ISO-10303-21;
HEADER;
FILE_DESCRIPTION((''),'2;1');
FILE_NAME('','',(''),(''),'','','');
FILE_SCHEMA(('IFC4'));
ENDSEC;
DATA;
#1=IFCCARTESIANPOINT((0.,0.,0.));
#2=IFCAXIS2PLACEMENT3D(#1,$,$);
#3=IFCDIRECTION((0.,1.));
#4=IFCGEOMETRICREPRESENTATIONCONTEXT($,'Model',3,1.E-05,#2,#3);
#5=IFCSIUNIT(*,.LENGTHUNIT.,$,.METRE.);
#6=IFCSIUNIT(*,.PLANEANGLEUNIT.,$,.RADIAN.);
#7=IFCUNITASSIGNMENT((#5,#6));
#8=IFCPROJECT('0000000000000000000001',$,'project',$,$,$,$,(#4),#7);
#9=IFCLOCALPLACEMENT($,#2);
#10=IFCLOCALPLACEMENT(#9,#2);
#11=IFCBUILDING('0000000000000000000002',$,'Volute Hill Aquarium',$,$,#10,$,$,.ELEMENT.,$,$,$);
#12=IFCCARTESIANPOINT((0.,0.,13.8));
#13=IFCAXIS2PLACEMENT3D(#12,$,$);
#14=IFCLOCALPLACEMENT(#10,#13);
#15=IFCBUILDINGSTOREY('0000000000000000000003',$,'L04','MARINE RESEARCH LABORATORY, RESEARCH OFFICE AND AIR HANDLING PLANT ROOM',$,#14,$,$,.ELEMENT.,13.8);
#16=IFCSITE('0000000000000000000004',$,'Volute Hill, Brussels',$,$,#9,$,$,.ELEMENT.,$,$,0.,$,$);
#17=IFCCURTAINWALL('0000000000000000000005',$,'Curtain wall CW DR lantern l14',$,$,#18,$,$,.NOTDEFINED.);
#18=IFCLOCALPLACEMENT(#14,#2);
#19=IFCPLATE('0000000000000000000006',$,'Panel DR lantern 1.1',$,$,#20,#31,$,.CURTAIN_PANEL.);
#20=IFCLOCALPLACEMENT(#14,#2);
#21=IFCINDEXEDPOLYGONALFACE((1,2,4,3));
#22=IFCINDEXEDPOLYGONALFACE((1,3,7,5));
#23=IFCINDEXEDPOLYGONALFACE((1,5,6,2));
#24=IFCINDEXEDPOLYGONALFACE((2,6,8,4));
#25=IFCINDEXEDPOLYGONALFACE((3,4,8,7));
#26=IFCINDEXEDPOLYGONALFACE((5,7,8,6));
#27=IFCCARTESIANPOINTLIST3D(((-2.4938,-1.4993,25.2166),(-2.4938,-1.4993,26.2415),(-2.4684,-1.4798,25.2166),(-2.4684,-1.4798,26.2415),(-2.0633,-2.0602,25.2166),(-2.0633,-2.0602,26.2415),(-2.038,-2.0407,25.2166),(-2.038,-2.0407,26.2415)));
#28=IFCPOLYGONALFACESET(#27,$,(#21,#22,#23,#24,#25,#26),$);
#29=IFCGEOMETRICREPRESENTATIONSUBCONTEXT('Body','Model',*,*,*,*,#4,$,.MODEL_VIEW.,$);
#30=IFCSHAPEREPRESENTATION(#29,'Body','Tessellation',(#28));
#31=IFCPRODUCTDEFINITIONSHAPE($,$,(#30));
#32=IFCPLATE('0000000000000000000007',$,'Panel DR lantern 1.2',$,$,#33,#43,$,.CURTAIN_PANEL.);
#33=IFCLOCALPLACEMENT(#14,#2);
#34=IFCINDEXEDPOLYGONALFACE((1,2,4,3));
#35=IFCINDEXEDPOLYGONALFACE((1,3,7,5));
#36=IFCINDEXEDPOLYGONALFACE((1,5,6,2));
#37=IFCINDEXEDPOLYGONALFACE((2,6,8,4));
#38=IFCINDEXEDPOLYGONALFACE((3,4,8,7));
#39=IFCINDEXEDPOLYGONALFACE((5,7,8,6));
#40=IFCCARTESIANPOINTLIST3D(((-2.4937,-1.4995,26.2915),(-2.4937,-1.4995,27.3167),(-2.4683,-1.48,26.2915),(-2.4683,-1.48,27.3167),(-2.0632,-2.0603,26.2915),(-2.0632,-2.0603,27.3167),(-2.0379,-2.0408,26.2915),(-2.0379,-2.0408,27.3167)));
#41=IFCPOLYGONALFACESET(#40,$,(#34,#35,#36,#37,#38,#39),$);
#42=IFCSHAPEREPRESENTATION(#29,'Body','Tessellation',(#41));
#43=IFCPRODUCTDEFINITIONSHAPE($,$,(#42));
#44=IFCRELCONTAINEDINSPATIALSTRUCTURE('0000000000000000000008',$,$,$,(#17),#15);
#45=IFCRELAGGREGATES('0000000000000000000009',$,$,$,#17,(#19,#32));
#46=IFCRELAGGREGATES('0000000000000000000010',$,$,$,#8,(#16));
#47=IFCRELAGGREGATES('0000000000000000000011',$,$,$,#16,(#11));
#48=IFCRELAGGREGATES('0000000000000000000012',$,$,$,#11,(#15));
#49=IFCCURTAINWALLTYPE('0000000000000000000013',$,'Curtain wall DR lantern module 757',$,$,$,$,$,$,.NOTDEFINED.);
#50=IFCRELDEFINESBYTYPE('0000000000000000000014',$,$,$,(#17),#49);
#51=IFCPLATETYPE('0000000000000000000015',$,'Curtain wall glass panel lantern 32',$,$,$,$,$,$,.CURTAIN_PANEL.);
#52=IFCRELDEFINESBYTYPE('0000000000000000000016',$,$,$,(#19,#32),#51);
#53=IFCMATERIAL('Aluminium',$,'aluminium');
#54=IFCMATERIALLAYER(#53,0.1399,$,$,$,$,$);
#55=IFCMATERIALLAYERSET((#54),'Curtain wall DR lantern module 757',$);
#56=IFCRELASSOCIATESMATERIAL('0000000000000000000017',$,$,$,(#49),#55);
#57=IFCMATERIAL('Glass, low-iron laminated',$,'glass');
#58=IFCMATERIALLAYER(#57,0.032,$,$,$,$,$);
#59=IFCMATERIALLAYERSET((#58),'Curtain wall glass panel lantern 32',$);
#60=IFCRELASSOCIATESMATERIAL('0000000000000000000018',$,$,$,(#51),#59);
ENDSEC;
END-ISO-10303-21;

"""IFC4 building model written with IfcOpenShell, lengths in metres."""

from ifc_helpers import new_model, si_unit, direction, frame, origin, origin_2d, place, context, subcontext, project, spatial, polyline, rectangle, outline, extrude, material, layer, layer_set, type_object, element, aggregate, save


model = new_model("IFC4")

# Units and contexts
model_context = context("Model", 3, precision=1e-05, world=origin(), true_north=direction((0.0, 1.0)))
body_context = subcontext(model_context, "Body", "Model", "MODEL_VIEW")
ifc_project = project(units=[si_unit("LENGTHUNIT", "METRE"), si_unit("PLANEANGLEUNIT", "RADIAN")], contexts=[model_context])

# Site, building, storey
site_placement = place(None, origin())
site = spatial("IfcSite", under=ifc_project, at=site_placement, Name="Volute Hill, Brussels", CompositionType="ELEMENT", RefElevation=0.0)
building_placement = place(site_placement, origin())
building = spatial("IfcBuilding", under=site, at=building_placement, Name="Volute Hill Aquarium", CompositionType="ELEMENT")
storey_placement = place(building_placement, frame((0.0, 0.0, 13.8)))
storey = spatial("IfcBuildingStorey", under=building, at=storey_placement, Name="L04", Description="MARINE RESEARCH LABORATORY, RESEARCH OFFICE AND AIR HANDLING PLANT ROOM", CompositionType="ELEMENT", Elevation=13.8)

# Curtain wall
ifc_material_1 = material(Name="Aluminium", Category="aluminium")
ifc_layer_1 = layer(ifc_material_1, 0.1399)
ifc_layer_set_1 = layer_set([ifc_layer_1], Name="Curtain wall DR lantern module 757")
curtain_wall_type = type_object("IfcCurtainWallType", Name="Curtain wall DR lantern module 757", PredefinedType="NOTDEFINED", material=ifc_layer_set_1)
curtain_wall_1_placement = place(storey_placement, origin())
curtain_wall_1 = element("IfcCurtainWall", 1, at=curtain_wall_1_placement, inside=storey, type_object=curtain_wall_type, Name="Curtain wall CW DR lantern l14", PredefinedType="NOTDEFINED")

# Shared definitions
ifc_material_2 = material(Name="Glass, low-iron laminated", Category="glass")
ifc_layer_2 = layer(ifc_material_2, 0.032)
ifc_layer_set_2 = layer_set([ifc_layer_2], Name="Curtain wall glass panel lantern 32")
plate_type = type_object("IfcPlateType", Name="Curtain wall glass panel lantern 32", PredefinedType="CURTAIN_PANEL", material=ifc_layer_set_2)

# Plates
plate_1_placement = place(storey_placement, frame((-2.2659, -1.77, 25.2166), z_axis=(0.0, 0.0, 1.0), x_axis=(0.608798, -0.793326, 0.0)))
plate_1 = element("IfcPlate", 2, at=plate_1_placement, type_object=plate_type, Name="Panel DR lantern 1.1", PredefinedType="CURTAIN_PANEL", context=body_context, shape_type="SweptSolid", body=[
    extrude(rectangle(XDim=0.707, YDim=0.032, at=origin_2d()), origin(), (0.0, 0.0, 1.0), 1.0249),
])
plate_2_placement = place(storey_placement, frame((-2.4937, -1.4995, 26.2915), z_axis=(-0.793278, -0.608859, 0.0), x_axis=(0.608859, -0.793278, 0.0)))
plate_2 = element("IfcPlate", 3, at=plate_2_placement, type_object=plate_type, Name="Panel DR lantern 1.2", PredefinedType="CURTAIN_PANEL", context=body_context, shape_type="SweptSolid", body=[
    extrude(outline(polyline([(0.0, 0.0), (0.7069, 0.0), (0.7069, 1.0251), (0.0, 1.0251), (0.0, 0.0)])), origin(), (0.0, 0.0, -1.0), 0.032),
])
aggregate(curtain_wall_1, [plate_1, plate_2])

save(model, "model.ifc")
